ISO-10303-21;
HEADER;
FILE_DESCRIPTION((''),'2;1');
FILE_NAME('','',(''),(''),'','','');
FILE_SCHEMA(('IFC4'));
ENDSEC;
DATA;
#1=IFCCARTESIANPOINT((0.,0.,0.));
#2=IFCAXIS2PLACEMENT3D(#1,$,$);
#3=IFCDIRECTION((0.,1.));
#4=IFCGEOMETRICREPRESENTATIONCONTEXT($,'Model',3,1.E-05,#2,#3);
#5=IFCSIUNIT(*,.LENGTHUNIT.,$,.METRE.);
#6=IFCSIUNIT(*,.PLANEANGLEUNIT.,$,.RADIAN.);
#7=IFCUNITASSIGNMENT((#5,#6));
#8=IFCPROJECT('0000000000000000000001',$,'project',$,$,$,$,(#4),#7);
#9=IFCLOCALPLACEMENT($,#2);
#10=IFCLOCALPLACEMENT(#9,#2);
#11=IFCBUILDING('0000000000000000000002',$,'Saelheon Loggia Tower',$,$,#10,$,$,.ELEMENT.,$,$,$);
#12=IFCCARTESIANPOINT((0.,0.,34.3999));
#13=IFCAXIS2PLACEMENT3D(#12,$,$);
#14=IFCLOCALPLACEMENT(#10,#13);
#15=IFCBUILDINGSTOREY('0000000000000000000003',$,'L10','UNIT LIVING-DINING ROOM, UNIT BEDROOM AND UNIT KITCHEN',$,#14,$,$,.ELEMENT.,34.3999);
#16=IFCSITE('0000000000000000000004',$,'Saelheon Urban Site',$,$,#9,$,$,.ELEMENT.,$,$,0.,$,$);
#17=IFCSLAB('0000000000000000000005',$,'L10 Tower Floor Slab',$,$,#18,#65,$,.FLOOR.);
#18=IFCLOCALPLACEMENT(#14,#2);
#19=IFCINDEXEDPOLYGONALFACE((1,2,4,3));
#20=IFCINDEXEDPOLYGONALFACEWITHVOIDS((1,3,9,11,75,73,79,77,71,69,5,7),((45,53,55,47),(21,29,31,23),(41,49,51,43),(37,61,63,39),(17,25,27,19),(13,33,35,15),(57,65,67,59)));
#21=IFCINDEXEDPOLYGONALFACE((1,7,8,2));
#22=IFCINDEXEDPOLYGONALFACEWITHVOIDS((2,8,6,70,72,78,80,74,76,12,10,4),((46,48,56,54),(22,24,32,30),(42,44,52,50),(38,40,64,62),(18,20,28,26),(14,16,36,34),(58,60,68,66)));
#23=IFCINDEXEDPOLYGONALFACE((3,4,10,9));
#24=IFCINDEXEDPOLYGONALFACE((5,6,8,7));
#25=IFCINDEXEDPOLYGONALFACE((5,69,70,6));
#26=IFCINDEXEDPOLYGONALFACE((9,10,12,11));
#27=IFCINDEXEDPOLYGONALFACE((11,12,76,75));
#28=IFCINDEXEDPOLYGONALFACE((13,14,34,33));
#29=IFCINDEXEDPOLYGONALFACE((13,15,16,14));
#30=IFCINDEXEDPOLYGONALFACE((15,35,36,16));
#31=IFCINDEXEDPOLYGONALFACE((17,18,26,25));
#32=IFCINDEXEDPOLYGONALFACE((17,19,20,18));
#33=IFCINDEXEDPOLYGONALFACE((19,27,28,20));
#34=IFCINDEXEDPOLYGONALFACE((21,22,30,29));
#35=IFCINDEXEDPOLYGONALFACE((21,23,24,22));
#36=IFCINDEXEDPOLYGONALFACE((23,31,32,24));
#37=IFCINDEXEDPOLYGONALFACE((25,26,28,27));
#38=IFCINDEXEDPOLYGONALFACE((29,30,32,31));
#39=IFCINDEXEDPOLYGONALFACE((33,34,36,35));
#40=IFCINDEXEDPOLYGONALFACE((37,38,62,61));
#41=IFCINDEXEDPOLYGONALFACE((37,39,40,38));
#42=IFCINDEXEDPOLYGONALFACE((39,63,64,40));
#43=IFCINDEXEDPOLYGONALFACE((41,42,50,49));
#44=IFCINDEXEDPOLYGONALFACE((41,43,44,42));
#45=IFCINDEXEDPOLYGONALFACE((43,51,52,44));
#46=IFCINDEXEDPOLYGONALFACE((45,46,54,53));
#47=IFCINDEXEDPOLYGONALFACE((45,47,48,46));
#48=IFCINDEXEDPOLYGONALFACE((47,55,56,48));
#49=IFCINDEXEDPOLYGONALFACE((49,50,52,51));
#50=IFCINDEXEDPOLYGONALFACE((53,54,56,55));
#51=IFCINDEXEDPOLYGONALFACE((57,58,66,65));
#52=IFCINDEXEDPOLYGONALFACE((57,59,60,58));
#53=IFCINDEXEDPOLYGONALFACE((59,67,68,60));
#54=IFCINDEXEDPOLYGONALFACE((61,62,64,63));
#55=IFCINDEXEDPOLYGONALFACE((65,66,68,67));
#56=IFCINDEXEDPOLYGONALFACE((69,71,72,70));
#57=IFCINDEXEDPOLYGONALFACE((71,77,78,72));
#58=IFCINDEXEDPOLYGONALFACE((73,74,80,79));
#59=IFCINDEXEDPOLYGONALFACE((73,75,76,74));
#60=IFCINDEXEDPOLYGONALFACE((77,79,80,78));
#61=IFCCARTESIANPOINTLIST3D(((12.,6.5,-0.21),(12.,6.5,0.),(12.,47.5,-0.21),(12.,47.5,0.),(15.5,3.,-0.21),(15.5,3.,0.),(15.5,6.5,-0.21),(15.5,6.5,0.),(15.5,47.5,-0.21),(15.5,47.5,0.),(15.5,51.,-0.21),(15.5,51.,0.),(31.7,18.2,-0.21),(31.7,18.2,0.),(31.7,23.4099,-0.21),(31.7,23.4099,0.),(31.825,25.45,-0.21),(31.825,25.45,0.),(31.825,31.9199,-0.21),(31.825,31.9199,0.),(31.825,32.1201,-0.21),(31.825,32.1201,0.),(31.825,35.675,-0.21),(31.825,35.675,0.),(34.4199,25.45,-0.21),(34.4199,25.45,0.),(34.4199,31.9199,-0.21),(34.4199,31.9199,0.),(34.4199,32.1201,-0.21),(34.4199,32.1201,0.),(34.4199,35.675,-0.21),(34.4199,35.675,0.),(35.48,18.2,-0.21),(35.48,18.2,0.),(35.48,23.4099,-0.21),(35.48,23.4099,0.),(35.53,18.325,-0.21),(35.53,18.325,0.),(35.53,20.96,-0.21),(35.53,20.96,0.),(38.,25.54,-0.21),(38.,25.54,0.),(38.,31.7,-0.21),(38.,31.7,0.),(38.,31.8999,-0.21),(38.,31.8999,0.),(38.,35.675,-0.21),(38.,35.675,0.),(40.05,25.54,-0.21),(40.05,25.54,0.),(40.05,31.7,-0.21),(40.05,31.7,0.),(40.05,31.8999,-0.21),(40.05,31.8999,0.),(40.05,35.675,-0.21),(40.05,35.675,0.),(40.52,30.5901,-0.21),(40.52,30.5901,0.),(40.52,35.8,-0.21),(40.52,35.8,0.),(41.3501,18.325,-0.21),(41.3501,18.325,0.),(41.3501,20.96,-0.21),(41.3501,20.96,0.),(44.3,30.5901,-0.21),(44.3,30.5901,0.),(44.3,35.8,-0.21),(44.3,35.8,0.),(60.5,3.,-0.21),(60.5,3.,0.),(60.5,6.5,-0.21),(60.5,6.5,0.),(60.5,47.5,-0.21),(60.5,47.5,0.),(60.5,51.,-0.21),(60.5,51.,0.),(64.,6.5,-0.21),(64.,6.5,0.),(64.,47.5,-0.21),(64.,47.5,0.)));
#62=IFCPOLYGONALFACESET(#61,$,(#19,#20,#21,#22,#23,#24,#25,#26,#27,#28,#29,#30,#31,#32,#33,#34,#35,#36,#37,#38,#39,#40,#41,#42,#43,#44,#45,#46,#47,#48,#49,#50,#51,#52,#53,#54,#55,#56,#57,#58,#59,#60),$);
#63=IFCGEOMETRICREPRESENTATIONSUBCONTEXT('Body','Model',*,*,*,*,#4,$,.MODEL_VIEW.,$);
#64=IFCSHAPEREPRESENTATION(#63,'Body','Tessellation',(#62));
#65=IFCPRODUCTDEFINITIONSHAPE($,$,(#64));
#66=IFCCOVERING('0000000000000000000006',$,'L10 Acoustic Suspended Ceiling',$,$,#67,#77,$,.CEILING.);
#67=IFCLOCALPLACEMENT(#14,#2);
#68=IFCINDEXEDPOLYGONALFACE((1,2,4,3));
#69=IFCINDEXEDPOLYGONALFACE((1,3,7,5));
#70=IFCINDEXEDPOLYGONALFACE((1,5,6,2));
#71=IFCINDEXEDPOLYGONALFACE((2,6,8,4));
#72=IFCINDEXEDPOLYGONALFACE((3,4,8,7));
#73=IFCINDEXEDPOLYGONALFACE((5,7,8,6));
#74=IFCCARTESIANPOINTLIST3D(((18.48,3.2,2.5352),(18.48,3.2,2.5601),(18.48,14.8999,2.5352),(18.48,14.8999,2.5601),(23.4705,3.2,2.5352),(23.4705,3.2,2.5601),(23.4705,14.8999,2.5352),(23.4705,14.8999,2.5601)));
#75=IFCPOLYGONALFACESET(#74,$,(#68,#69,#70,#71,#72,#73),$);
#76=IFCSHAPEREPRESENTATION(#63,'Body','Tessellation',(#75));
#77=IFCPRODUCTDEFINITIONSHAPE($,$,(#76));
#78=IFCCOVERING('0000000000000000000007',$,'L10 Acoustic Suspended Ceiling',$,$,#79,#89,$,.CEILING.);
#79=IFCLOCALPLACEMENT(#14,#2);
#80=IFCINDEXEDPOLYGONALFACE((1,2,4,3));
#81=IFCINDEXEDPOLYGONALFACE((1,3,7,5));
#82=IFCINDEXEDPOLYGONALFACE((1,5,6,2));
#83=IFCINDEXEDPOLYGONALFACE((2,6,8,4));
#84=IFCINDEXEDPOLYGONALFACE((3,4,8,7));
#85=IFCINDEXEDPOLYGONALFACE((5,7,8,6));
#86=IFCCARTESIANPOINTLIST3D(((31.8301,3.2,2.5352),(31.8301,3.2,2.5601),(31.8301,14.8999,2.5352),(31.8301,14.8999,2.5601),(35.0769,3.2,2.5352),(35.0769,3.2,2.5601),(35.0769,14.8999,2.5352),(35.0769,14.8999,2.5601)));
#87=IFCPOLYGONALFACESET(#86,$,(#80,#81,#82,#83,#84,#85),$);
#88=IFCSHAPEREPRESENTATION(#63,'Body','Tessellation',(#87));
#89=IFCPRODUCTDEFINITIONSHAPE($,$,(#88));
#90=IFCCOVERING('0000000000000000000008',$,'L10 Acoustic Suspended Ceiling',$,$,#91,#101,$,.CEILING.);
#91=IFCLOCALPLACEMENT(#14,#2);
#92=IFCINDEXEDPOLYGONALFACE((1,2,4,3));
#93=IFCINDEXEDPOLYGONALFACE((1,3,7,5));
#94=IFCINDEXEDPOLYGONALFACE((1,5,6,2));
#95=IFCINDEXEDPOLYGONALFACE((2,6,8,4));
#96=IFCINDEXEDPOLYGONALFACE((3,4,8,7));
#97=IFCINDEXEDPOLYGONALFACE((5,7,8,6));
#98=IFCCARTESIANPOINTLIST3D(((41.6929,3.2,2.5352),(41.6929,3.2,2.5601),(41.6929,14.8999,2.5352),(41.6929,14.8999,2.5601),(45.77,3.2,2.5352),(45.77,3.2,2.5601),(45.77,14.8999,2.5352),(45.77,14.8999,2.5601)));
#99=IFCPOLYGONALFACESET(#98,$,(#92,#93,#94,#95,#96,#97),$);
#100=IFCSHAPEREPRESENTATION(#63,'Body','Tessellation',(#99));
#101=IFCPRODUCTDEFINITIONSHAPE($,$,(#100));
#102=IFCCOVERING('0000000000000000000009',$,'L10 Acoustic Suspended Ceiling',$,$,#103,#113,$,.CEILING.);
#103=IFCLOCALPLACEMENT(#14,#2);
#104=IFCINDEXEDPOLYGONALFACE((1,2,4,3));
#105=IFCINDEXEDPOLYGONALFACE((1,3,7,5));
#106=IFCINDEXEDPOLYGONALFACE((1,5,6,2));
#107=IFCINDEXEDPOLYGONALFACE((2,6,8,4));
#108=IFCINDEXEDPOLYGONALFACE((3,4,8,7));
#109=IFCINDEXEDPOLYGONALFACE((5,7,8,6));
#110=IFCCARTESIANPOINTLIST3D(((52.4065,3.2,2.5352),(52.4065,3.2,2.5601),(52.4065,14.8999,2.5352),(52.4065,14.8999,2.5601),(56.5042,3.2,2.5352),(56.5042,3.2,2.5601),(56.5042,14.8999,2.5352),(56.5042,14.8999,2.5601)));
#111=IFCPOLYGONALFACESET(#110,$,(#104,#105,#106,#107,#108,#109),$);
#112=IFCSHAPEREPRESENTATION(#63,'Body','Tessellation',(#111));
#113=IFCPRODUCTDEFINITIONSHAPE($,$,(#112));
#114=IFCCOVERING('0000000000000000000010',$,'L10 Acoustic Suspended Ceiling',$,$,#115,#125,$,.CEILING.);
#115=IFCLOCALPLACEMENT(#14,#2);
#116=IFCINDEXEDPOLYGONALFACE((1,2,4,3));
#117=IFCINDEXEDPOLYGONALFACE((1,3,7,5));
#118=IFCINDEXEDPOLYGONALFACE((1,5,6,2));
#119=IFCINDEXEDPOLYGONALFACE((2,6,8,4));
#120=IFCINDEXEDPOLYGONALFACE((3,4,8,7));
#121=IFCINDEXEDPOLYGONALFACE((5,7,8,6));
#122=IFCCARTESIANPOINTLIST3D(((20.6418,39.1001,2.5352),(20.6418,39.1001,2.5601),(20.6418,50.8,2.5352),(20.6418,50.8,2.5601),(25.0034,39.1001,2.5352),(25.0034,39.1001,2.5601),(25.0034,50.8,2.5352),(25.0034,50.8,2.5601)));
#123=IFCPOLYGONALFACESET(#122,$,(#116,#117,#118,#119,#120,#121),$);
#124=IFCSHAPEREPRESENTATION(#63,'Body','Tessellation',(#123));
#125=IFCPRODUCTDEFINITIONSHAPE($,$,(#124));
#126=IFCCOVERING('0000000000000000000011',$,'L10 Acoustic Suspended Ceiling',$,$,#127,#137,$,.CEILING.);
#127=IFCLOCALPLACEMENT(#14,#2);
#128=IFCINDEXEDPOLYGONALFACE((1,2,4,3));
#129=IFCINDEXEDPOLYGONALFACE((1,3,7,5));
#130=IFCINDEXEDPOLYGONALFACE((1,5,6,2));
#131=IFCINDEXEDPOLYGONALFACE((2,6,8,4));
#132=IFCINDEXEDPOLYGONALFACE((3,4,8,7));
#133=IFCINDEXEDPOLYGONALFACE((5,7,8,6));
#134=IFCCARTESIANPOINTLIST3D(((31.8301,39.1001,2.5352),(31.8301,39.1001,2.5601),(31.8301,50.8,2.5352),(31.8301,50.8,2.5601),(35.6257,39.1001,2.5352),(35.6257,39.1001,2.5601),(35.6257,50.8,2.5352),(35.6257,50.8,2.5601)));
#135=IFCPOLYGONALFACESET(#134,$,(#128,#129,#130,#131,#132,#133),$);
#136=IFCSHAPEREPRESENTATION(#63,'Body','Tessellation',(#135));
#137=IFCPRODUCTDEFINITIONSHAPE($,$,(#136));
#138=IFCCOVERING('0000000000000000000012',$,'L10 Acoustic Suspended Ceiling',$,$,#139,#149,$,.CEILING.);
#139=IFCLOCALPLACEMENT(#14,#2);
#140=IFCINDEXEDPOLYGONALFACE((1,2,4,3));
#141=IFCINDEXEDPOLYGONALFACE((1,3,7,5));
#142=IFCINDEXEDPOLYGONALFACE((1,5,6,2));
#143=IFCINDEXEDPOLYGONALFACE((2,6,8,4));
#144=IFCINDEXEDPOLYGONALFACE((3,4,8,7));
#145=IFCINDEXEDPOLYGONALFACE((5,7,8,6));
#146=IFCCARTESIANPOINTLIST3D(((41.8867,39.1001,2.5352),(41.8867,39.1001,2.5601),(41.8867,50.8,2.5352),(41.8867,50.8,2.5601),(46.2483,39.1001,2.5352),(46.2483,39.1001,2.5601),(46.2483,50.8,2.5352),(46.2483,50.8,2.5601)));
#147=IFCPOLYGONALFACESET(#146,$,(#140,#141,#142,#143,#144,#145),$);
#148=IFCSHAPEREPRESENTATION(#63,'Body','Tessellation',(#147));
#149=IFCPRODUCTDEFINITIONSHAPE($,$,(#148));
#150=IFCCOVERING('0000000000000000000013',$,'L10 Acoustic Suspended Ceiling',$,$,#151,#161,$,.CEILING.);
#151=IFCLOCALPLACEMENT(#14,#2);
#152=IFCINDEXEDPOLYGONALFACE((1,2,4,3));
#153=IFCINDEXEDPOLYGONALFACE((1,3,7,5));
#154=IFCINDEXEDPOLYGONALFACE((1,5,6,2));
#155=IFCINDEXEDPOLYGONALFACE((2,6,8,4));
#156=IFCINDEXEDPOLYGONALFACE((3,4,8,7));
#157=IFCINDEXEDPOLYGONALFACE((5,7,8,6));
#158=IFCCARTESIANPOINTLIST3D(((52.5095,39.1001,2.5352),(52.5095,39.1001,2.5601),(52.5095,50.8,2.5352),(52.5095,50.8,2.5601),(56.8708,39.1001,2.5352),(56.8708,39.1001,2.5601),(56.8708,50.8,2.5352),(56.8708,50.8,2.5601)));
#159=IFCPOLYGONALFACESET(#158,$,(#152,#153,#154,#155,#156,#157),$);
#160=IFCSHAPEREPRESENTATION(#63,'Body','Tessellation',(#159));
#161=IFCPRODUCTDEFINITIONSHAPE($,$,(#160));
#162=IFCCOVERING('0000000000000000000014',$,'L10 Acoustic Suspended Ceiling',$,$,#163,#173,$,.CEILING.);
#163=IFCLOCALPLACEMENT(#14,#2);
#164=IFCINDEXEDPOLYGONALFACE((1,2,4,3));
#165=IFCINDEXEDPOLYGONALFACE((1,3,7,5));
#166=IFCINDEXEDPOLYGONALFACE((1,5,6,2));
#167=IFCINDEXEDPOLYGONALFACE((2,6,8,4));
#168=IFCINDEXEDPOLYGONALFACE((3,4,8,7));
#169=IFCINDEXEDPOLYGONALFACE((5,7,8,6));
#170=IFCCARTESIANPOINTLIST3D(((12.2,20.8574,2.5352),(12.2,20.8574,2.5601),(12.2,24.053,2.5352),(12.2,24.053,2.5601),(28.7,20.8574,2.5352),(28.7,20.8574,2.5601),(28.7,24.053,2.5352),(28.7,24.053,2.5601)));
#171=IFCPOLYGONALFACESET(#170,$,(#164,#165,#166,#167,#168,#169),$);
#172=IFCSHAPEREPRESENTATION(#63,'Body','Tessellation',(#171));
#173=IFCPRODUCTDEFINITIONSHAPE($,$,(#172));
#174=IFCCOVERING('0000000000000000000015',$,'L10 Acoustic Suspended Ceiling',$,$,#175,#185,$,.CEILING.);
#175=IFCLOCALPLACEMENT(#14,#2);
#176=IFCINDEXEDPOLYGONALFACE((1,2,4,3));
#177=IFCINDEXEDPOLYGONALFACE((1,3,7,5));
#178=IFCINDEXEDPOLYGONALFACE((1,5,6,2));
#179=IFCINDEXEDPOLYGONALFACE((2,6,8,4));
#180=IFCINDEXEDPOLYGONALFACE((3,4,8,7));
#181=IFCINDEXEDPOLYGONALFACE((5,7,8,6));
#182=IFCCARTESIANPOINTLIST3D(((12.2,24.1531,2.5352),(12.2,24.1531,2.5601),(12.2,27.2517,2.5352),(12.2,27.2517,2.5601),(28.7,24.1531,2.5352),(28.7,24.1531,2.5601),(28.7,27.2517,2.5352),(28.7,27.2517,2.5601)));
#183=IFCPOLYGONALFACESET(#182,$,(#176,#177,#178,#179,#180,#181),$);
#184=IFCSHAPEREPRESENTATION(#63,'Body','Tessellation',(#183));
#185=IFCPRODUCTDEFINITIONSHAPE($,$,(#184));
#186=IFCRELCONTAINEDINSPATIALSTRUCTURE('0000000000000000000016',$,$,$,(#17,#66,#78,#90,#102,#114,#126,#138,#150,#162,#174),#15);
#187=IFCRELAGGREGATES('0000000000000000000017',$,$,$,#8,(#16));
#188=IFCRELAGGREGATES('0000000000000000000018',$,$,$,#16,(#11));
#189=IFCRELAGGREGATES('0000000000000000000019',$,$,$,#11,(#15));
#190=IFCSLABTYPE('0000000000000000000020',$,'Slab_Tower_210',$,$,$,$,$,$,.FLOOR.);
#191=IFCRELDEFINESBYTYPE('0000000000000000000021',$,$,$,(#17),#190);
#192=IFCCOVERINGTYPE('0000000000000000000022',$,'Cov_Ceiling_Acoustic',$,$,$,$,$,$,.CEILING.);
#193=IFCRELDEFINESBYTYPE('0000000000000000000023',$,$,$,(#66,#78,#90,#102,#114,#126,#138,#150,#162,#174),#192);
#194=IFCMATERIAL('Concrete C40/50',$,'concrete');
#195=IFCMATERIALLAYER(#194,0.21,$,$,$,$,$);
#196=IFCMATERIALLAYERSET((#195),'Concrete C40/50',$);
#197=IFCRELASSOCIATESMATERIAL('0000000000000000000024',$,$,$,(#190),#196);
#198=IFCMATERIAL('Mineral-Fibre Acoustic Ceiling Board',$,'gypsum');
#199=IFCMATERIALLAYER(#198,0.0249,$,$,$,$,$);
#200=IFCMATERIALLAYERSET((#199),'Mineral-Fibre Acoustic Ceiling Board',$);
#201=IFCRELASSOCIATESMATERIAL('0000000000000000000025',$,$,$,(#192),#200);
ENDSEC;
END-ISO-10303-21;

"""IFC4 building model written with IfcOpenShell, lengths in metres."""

from ifc_helpers import new_model, si_unit, direction, frame, origin, place, context, subcontext, project, spatial, polyline, outline, extrude, material, layer, layer_set, type_object, element, save


model = new_model("IFC4")

# Units and contexts
model_context = context("Model", 3, precision=1e-05, world=origin(), true_north=direction((0.0, 1.0)))
body_context = subcontext(model_context, "Body", "Model", "MODEL_VIEW")
ifc_project = project(units=[si_unit("LENGTHUNIT", "METRE"), si_unit("PLANEANGLEUNIT", "RADIAN")], contexts=[model_context])

# Site, building, storey
site_placement = place(None, origin())
site = spatial("IfcSite", under=ifc_project, at=site_placement, Name="Saelheon Urban Site", CompositionType="ELEMENT", RefElevation=0.0)
building_placement = place(site_placement, origin())
building = spatial("IfcBuilding", under=site, at=building_placement, Name="Saelheon Loggia Tower", CompositionType="ELEMENT")
storey_placement = place(building_placement, frame((0.0, 0.0, 34.3999)))
storey = spatial("IfcBuildingStorey", under=building, at=storey_placement, Name="L10", Description="UNIT LIVING-DINING ROOM, UNIT BEDROOM AND UNIT KITCHEN", CompositionType="ELEMENT", Elevation=34.3999)

# Shared definitions
ifc_material_1 = material(Name="Concrete C40/50", Category="concrete")

# Slab
ifc_layer_1 = layer(ifc_material_1, 0.21)
ifc_layer_set_1 = layer_set([ifc_layer_1], Name="Concrete C40/50")
slab_type_1 = type_object("IfcSlabType", Name="Slab_Tower_210", PredefinedType="FLOOR", material=ifc_layer_set_1)
slab_1_placement = place(storey_placement, frame((0.0, 0.0, -0.21)))
element("IfcSlab", 1, at=slab_1_placement, inside=storey, type_object=slab_type_1, Name="L10 Tower Floor Slab", PredefinedType="FLOOR", context=body_context, shape_type="SweptSolid", body=[
    extrude(outline(polyline([(15.5, 3.0), (60.5, 3.0), (60.5, 6.5), (64.0, 6.5), (64.0, 47.5), (60.5, 47.5), (60.5, 51.0), (15.5, 51.0), (15.5, 47.5), (12.0, 47.5), (12.0, 6.5), (15.5, 6.5), (15.5, 3.0)]), holes=[polyline([(31.7, 23.4099), (31.7, 18.2), (35.48, 18.2), (35.48, 23.4099), (31.7, 23.4099)]), polyline([(44.3, 30.5901), (44.3, 35.8), (40.52, 35.8), (40.52, 30.5901), (44.3, 30.5901)]), polyline([(35.53, 18.325), (41.3501, 18.325), (41.3501, 20.96), (35.53, 20.96), (35.53, 18.325)]), polyline([(31.825, 32.1201), (34.4199, 32.1201), (34.4199, 35.675), (31.825, 35.675), (31.825, 32.1201)]), polyline([(38.0, 31.8999), (40.05, 31.8999), (40.05, 35.675), (38.0, 35.675), (38.0, 31.8999)]), polyline([(31.825, 25.45), (34.4199, 25.45), (34.4199, 31.9199), (31.825, 31.9199), (31.825, 25.45)]), polyline([(38.0, 25.54), (40.05, 25.54), (40.05, 31.7), (38.0, 31.7), (38.0, 25.54)])]), origin(), (0.0, 0.0, 1.0), 0.21),
])

# Coverings
ifc_material_2 = material(Name="Mineral-Fibre Acoustic Ceiling Board", Category="gypsum")
ifc_layer_2 = layer(ifc_material_2, 0.0249)
ifc_layer_set_2 = layer_set([ifc_layer_2], Name="Mineral-Fibre Acoustic Ceiling Board")
covering_type_1 = type_object("IfcCoveringType", Name="Cov_Ceiling_Acoustic", PredefinedType="CEILING", material=ifc_layer_set_2)
covering_1_placement = place(storey_placement, frame((0.0, 0.0, 2.5352)))
element("IfcCovering", 2, at=covering_1_placement, inside=storey, type_object=covering_type_1, Name="L10 Acoustic Suspended Ceiling", PredefinedType="CEILING", context=body_context, shape_type="SweptSolid", body=[
    extrude(outline(polyline([(18.48, 3.2), (23.4705, 3.2), (23.4705, 14.8999), (18.48, 14.8999), (18.48, 3.2)])), origin(), (0.0, 0.0, 1.0), 0.0249),
])
covering_2_placement = place(storey_placement, frame((0.0, 0.0, 2.5352)))
element("IfcCovering", 3, at=covering_2_placement, inside=storey, type_object=covering_type_1, Name="L10 Acoustic Suspended Ceiling", PredefinedType="CEILING", context=body_context, shape_type="SweptSolid", body=[
    extrude(outline(polyline([(31.8301, 3.2), (35.0769, 3.2), (35.0769, 14.8999), (31.8301, 14.8999), (31.8301, 3.2)])), origin(), (0.0, 0.0, 1.0), 0.0249),
])
covering_3_placement = place(storey_placement, frame((0.0, 0.0, 2.5352)))
element("IfcCovering", 4, at=covering_3_placement, inside=storey, type_object=covering_type_1, Name="L10 Acoustic Suspended Ceiling", PredefinedType="CEILING", context=body_context, shape_type="SweptSolid", body=[
    extrude(outline(polyline([(41.6929, 3.2), (45.77, 3.2), (45.77, 14.8999), (41.6929, 14.8999), (41.6929, 3.2)])), origin(), (0.0, 0.0, 1.0), 0.0249),
])
covering_4_placement = place(storey_placement, frame((0.0, 0.0, 2.5352)))
element("IfcCovering", 5, at=covering_4_placement, inside=storey, type_object=covering_type_1, Name="L10 Acoustic Suspended Ceiling", PredefinedType="CEILING", context=body_context, shape_type="SweptSolid", body=[
    extrude(outline(polyline([(52.4065, 3.2), (56.5042, 3.2), (56.5042, 14.8999), (52.4065, 14.8999), (52.4065, 3.2)])), origin(), (0.0, 0.0, 1.0), 0.0249),
])
covering_5_placement = place(storey_placement, frame((0.0, 0.0, 2.5352)))
element("IfcCovering", 6, at=covering_5_placement, inside=storey, type_object=covering_type_1, Name="L10 Acoustic Suspended Ceiling", PredefinedType="CEILING", context=body_context, shape_type="SweptSolid", body=[
    extrude(outline(polyline([(20.6418, 39.1001), (25.0034, 39.1001), (25.0034, 50.8), (20.6418, 50.8), (20.6418, 39.1001)])), origin(), (0.0, 0.0, 1.0), 0.0249),
])
covering_6_placement = place(storey_placement, frame((0.0, 0.0, 2.5352)))
element("IfcCovering", 7, at=covering_6_placement, inside=storey, type_object=covering_type_1, Name="L10 Acoustic Suspended Ceiling", PredefinedType="CEILING", context=body_context, shape_type="SweptSolid", body=[
    extrude(outline(polyline([(31.8301, 39.1001), (35.6257, 39.1001), (35.6257, 50.8), (31.8301, 50.8), (31.8301, 39.1001)])), origin(), (0.0, 0.0, 1.0), 0.0249),
])
covering_7_placement = place(storey_placement, frame((0.0, 0.0, 2.5352)))
element("IfcCovering", 8, at=covering_7_placement, inside=storey, type_object=covering_type_1, Name="L10 Acoustic Suspended Ceiling", PredefinedType="CEILING", context=body_context, shape_type="SweptSolid", body=[
    extrude(outline(polyline([(41.8867, 39.1001), (46.2483, 39.1001), (46.2483, 50.8), (41.8867, 50.8), (41.8867, 39.1001)])), origin(), (0.0, 0.0, 1.0), 0.0249),
])
covering_8_placement = place(storey_placement, frame((0.0, 0.0, 2.5352)))
element("IfcCovering", 9, at=covering_8_placement, inside=storey, type_object=covering_type_1, Name="L10 Acoustic Suspended Ceiling", PredefinedType="CEILING", context=body_context, shape_type="SweptSolid", body=[
    extrude(outline(polyline([(52.5095, 39.1001), (56.8708, 39.1001), (56.8708, 50.8), (52.5095, 50.8), (52.5095, 39.1001)])), origin(), (0.0, 0.0, 1.0), 0.0249),
])
covering_9_placement = place(storey_placement, frame((0.0, 0.0, 2.5352)))
element("IfcCovering", 10, at=covering_9_placement, inside=storey, type_object=covering_type_1, Name="L10 Acoustic Suspended Ceiling", PredefinedType="CEILING", context=body_context, shape_type="SweptSolid", body=[
    extrude(outline(polyline([(12.2, 20.8574), (28.7, 20.8574), (28.7, 24.053), (12.2, 24.053), (12.2, 20.8574)])), origin(), (0.0, 0.0, 1.0), 0.0249),
])
covering_10_placement = place(storey_placement, frame((0.0, 0.0, 2.5352)))
element("IfcCovering", 11, at=covering_10_placement, inside=storey, type_object=covering_type_1, Name="L10 Acoustic Suspended Ceiling", PredefinedType="CEILING", context=body_context, shape_type="SweptSolid", body=[
    extrude(outline(polyline([(12.2, 24.1531), (28.7, 24.1531), (28.7, 27.2517), (12.2, 27.2517), (12.2, 24.1531)])), origin(), (0.0, 0.0, 1.0), 0.0249),
])

save(model, "model.ifc")
